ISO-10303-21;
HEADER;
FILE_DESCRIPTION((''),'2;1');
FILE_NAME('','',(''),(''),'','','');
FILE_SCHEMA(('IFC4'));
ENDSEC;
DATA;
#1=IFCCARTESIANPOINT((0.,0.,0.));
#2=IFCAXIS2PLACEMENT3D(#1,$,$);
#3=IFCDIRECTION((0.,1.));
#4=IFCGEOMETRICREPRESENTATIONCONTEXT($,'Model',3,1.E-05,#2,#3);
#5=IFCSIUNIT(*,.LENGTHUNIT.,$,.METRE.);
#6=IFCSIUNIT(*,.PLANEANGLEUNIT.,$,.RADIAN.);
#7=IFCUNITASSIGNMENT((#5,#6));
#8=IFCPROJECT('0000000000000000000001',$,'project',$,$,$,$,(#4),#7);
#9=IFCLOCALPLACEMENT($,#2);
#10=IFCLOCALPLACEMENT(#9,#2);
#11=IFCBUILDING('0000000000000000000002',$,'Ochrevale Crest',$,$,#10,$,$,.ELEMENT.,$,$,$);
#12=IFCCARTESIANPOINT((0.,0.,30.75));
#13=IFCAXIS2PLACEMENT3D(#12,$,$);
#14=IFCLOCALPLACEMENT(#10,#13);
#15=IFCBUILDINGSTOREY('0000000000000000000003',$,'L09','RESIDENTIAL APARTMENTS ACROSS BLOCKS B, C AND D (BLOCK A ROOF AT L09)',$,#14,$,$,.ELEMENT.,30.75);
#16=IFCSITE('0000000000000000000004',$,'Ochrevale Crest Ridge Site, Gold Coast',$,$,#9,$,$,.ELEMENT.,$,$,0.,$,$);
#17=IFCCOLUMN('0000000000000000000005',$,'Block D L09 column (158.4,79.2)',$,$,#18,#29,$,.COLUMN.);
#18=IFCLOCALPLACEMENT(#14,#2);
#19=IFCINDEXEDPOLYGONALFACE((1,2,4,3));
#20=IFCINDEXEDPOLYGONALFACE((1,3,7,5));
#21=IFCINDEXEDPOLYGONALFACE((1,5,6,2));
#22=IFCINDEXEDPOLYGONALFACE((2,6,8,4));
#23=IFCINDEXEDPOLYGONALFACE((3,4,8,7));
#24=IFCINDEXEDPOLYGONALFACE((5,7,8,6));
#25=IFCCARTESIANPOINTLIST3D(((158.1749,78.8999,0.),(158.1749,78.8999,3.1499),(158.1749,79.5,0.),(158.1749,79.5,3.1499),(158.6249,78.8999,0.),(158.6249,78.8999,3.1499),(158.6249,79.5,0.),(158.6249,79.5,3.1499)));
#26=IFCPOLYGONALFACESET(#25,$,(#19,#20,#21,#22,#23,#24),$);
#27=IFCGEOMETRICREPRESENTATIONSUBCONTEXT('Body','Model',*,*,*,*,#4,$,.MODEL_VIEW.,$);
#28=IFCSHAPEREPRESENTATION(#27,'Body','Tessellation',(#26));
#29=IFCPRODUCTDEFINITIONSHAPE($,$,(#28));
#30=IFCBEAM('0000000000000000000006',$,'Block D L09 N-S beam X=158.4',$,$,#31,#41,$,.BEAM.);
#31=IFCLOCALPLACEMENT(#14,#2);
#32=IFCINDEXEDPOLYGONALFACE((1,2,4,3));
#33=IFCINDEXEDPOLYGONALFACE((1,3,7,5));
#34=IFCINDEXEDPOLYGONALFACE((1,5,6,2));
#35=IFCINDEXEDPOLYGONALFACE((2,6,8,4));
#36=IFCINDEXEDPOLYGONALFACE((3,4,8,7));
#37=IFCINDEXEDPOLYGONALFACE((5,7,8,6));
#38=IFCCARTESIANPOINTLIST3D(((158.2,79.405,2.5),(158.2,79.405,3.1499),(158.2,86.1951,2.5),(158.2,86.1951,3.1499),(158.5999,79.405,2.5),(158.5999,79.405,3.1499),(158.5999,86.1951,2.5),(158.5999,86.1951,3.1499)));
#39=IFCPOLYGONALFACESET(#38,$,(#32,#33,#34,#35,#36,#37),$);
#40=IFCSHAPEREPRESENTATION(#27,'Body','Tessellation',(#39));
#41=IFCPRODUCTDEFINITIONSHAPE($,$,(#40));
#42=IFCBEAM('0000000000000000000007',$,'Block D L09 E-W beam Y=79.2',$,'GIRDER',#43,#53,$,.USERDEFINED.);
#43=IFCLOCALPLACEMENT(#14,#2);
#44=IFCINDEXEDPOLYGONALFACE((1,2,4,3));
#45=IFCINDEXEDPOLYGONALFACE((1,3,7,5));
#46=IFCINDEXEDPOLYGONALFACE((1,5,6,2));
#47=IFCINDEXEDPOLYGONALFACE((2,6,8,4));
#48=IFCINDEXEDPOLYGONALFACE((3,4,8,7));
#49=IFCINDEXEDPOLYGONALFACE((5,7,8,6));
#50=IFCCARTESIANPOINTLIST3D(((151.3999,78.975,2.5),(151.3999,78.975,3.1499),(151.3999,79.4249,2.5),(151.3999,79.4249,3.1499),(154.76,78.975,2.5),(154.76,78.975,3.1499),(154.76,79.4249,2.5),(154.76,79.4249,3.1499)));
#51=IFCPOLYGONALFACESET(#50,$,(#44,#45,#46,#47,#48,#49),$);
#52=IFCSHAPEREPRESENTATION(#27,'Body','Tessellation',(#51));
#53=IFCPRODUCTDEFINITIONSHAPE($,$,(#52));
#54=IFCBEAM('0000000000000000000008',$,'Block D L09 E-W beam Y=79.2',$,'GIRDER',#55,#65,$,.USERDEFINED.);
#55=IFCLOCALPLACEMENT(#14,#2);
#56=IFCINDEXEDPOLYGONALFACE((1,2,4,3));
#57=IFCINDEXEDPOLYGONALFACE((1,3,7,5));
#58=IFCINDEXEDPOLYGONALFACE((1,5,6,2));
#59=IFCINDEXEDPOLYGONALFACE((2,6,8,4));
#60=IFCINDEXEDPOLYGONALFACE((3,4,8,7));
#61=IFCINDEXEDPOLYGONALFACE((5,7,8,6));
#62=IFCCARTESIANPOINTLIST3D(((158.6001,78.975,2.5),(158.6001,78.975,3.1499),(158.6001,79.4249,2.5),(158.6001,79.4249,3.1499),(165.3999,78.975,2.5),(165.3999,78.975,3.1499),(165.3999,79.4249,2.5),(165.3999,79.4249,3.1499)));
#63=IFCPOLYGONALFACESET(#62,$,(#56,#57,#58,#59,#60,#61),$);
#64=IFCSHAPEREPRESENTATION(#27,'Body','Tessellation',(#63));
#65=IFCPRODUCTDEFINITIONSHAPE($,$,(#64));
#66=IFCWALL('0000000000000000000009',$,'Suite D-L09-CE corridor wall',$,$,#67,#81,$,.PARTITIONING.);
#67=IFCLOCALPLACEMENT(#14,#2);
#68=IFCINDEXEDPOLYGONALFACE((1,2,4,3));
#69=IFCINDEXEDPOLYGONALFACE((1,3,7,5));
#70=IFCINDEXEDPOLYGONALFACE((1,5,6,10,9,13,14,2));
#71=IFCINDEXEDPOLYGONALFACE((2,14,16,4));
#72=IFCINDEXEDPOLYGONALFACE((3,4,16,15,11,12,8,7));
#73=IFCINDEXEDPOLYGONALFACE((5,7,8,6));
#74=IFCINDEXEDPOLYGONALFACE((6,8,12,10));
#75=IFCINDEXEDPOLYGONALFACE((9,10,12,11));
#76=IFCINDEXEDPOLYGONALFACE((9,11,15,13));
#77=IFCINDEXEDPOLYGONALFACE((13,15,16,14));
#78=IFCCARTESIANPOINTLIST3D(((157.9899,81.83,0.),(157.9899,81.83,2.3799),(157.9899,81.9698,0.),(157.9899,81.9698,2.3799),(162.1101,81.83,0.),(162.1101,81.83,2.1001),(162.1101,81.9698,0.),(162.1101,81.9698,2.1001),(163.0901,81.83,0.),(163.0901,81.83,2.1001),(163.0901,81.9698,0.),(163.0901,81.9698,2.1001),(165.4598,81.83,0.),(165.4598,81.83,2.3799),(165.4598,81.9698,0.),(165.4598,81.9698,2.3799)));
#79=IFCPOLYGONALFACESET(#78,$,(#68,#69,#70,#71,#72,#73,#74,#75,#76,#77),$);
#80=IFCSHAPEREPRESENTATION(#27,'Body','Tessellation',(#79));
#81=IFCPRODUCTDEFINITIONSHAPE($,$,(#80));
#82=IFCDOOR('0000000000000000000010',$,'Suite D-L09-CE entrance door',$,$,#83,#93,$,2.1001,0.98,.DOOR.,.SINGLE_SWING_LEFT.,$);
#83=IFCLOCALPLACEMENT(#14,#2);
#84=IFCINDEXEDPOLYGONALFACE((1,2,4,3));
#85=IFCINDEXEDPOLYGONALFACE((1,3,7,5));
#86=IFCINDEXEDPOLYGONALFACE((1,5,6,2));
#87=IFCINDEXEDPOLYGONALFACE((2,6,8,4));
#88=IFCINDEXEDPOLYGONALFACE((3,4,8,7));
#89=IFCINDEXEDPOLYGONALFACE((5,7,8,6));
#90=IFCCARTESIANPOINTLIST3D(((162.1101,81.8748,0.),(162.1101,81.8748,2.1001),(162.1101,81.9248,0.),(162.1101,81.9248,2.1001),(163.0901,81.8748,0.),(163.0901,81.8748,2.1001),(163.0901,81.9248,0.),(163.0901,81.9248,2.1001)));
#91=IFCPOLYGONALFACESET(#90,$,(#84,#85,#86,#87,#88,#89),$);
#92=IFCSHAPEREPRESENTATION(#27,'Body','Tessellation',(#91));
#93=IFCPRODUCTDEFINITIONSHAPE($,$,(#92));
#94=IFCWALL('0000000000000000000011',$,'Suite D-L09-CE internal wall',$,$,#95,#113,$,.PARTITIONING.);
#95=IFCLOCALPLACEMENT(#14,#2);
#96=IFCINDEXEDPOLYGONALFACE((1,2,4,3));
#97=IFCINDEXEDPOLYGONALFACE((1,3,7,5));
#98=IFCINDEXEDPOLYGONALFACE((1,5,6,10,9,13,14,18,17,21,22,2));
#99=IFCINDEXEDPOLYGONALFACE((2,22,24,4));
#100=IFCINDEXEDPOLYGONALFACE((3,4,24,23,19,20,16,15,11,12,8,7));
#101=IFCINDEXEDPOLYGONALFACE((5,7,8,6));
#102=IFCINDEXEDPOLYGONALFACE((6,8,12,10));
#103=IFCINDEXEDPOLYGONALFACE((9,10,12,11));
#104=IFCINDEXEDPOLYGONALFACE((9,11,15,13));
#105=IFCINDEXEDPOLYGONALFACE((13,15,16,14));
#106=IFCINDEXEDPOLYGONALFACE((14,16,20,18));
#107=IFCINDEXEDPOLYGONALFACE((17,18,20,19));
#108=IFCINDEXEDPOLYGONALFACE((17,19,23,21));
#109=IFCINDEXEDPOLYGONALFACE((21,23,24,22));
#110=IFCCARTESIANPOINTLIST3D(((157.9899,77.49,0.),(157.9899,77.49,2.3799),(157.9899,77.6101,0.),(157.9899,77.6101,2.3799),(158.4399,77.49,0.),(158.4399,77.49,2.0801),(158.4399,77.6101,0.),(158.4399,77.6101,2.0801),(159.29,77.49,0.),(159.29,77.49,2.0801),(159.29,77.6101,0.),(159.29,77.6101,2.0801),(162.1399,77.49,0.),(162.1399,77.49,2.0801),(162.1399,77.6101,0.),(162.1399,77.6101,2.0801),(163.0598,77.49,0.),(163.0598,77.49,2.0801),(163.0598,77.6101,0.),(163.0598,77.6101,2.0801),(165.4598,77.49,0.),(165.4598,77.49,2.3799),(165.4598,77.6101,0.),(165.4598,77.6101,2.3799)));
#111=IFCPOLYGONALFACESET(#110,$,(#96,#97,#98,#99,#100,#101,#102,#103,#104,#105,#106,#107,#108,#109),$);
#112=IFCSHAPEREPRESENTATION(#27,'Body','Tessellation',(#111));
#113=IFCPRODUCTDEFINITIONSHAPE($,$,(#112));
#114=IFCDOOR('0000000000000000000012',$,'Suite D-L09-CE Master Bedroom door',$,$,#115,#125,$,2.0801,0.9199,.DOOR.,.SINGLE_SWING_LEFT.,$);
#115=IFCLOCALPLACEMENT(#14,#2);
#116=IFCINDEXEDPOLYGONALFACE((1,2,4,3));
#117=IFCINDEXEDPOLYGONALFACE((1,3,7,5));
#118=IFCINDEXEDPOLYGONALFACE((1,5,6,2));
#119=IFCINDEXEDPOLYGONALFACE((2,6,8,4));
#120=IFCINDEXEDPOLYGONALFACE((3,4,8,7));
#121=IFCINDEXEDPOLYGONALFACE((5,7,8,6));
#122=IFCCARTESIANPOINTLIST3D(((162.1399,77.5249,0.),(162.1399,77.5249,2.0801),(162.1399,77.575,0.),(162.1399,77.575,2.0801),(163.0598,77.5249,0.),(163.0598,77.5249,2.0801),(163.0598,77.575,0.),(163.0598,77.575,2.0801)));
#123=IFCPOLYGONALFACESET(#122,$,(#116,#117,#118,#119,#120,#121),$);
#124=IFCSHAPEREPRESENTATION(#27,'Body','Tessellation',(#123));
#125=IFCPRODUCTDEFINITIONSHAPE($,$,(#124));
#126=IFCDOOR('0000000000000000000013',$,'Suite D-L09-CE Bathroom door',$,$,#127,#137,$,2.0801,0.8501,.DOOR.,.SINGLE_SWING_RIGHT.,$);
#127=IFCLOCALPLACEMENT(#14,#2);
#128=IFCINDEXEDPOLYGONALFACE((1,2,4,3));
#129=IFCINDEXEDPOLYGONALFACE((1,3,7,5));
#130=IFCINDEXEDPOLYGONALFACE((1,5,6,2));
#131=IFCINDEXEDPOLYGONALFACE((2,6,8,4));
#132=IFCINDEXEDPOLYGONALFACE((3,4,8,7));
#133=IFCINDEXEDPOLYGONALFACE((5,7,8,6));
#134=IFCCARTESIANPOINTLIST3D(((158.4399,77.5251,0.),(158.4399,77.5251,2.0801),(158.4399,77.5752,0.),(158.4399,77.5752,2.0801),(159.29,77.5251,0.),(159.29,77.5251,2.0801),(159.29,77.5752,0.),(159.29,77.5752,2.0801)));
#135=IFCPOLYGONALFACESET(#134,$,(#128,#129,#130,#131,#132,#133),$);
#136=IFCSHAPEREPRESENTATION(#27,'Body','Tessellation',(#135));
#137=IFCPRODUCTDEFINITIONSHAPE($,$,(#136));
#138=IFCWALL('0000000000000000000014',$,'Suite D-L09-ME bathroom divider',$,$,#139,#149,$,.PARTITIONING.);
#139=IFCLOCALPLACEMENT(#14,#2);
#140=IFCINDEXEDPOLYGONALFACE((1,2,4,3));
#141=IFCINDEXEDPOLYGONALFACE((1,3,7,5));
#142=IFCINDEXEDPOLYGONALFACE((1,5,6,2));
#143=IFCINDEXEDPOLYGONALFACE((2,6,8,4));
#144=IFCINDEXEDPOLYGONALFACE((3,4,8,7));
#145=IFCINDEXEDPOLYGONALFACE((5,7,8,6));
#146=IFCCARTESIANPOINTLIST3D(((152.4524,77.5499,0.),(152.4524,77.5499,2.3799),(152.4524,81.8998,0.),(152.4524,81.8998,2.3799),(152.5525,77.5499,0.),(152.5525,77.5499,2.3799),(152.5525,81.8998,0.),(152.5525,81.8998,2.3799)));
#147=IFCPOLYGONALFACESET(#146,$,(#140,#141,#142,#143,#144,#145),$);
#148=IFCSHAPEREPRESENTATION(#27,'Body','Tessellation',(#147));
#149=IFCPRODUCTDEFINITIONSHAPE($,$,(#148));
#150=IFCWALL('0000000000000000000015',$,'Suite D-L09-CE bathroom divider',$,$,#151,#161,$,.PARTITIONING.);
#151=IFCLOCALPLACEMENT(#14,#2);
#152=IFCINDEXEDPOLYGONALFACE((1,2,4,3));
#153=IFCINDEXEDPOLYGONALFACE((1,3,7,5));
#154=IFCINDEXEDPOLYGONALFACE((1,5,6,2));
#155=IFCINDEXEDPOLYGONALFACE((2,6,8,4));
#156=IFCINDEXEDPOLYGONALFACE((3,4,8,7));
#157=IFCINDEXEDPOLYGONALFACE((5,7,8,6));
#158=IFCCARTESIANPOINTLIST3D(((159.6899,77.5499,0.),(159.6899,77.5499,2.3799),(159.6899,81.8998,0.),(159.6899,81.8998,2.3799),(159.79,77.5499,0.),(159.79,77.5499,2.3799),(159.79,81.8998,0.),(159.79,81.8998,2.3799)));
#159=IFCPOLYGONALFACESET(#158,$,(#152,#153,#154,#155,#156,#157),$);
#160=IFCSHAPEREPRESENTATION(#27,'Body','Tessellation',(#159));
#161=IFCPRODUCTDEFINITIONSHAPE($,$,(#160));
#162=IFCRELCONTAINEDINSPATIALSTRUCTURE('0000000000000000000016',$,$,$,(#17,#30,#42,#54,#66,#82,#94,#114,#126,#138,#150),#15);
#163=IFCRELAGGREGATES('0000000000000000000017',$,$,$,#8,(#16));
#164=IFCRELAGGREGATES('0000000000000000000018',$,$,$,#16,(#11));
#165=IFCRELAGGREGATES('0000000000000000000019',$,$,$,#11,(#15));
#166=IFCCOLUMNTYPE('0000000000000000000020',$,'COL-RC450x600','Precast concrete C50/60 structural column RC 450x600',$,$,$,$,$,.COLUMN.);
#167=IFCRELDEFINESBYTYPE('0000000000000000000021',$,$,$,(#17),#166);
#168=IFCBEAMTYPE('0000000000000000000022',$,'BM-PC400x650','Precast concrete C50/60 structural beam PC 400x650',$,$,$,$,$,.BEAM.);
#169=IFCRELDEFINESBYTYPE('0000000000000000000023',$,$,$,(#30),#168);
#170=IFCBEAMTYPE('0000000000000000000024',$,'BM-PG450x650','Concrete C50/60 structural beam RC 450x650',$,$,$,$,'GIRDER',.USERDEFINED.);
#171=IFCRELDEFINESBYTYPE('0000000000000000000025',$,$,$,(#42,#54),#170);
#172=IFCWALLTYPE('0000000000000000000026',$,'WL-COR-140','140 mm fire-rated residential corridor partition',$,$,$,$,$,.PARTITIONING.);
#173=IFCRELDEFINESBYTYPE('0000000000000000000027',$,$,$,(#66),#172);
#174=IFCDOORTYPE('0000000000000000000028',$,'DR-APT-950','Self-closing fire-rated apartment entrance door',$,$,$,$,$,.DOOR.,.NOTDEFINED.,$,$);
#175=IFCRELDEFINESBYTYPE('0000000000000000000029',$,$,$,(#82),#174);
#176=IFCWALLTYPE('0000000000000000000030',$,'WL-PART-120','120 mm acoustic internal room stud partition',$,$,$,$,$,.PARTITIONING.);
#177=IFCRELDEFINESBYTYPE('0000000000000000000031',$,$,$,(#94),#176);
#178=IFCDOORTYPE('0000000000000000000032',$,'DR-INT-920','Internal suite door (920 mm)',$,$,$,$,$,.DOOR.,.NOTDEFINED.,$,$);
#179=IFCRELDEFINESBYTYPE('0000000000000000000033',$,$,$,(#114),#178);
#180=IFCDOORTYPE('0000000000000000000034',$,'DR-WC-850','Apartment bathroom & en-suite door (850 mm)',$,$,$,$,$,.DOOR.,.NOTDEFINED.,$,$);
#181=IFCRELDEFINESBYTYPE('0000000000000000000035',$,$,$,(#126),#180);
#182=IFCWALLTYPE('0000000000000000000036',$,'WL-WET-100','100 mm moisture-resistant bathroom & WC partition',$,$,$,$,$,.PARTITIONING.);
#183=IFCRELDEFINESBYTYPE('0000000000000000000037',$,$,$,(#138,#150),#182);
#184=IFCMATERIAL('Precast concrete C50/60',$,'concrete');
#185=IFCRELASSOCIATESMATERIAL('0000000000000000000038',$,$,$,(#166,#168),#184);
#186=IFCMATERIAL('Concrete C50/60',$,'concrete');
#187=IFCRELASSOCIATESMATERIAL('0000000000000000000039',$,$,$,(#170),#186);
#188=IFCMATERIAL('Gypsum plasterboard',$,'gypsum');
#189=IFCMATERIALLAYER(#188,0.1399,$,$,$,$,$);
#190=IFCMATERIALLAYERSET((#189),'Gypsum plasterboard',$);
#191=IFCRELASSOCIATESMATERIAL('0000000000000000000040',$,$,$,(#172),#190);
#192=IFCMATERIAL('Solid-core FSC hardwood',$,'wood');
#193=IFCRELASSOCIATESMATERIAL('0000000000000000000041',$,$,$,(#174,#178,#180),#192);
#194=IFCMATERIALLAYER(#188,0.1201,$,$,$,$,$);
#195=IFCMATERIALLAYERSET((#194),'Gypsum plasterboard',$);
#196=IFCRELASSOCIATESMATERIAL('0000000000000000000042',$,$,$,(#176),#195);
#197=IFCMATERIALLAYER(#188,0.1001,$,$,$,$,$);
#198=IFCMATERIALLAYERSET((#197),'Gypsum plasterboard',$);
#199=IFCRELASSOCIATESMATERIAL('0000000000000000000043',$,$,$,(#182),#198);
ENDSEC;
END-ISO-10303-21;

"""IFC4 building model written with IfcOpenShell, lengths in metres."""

from ifc_helpers import new_model, si_unit, direction, frame, frame_2d, origin, origin_2d, place, context, subcontext, project, spatial, rectangle, extrude, material, layer, layer_set, material_profile, profile_set, type_object, element, fill, save


model = new_model("IFC4")

# Units and contexts
model_context = context("Model", 3, precision=1e-05, world=origin(), true_north=direction((0.0, 1.0)))
body_context = subcontext(model_context, "Body", "Model", "MODEL_VIEW")
ifc_project = project(units=[si_unit("LENGTHUNIT", "METRE"), si_unit("PLANEANGLEUNIT", "RADIAN")], contexts=[model_context])

# Site, building, storey
site_placement = place(None, origin())
site = spatial("IfcSite", under=ifc_project, at=site_placement, Name="Ochrevale Crest Ridge Site, Gold Coast", CompositionType="ELEMENT", RefElevation=0.0)
building_placement = place(site_placement, origin())
building = spatial("IfcBuilding", under=site, at=building_placement, Name="Ochrevale Crest", CompositionType="ELEMENT")
storey_placement = place(building_placement, frame((0.0, 0.0, 30.75)))
storey = spatial("IfcBuildingStorey", under=building, at=storey_placement, Name="L09", Description="RESIDENTIAL APARTMENTS ACROSS BLOCKS B, C AND D (BLOCK A ROOF AT L09)", CompositionType="ELEMENT", Elevation=30.75)

# Column
ifc_material_1 = material(Name="Precast concrete C50/60", Category="concrete")
ifc_material_profile_1 = material_profile(ifc_material_1, rectangle(XDim=0.45, YDim=0.6001, at=origin_2d()), Name="RC 450x600")
ifc_profile_set_1 = profile_set([ifc_material_profile_1], Name="Precast concrete C50/60")
column_type = type_object("IfcColumnType", Name="COL-RC450x600", Description="Precast concrete C50/60 structural column RC 450x600", PredefinedType="COLUMN", material=ifc_profile_set_1)
column_placement = place(storey_placement, frame((158.3999, 79.2, 0.0), z_axis=(0.0, 0.0, 1.0), x_axis=(1.0, 0.0, 0.0)))
element("IfcColumn", 1, at=column_placement, inside=storey, type_object=column_type, Name="Block D L09 column (158.4,79.2)", PredefinedType="COLUMN", context=body_context, shape_type="SweptSolid", body=[
    extrude(rectangle(XDim=0.45, YDim=0.6001, at=origin_2d()), origin(), (0.0, 0.0, 1.0), 3.1499),
])

# Beams
ifc_material_profile_2 = material_profile(ifc_material_1, rectangle(XDim=0.3999, YDim=0.6499, at=origin_2d()), Name="PC 400x650")
ifc_profile_set_2 = profile_set([ifc_material_profile_2], Name="Precast concrete C50/60")
beam_type_1 = type_object("IfcBeamType", Name="BM-PC400x650", Description="Precast concrete C50/60 structural beam PC 400x650", PredefinedType="BEAM", material=ifc_profile_set_2)
beam_1_placement = place(storey_placement, frame((158.3999, 79.405, 2.825), z_axis=(0.0, 1.0, 0.0), x_axis=(-1.0, 0.0, 0.0)))
element("IfcBeam", 2, at=beam_1_placement, inside=storey, type_object=beam_type_1, Name="Block D L09 N-S beam X=158.4", PredefinedType="BEAM", context=body_context, shape_type="SweptSolid", body=[
    extrude(rectangle(XDim=0.3999, YDim=0.6499, at=origin_2d()), origin(), (0.0, 0.0, 1.0), 6.79),
])
ifc_material_2 = material(Name="Concrete C50/60", Category="concrete")
ifc_material_profile_3 = material_profile(ifc_material_2, rectangle(XDim=0.45, YDim=0.6499, at=origin_2d()), Name="RC 450x650")
ifc_profile_set_3 = profile_set([ifc_material_profile_3], Name="Concrete C50/60")
beam_type_2 = type_object("IfcBeamType", Name="BM-PG450x650", Description="Concrete C50/60 structural beam RC 450x650", ElementType="GIRDER", PredefinedType="USERDEFINED", material=ifc_profile_set_3)
beam_2_placement = place(storey_placement, frame((151.3999, 79.2, 2.825), z_axis=(1.0, 0.0, 0.0), x_axis=(0.0, 1.0, 0.0)))
element("IfcBeam", 3, at=beam_2_placement, inside=storey, type_object=beam_type_2, Name="Block D L09 E-W beam Y=79.2", ObjectType="GIRDER", PredefinedType="USERDEFINED", context=body_context, shape_type="SweptSolid", body=[
    extrude(rectangle(XDim=0.45, YDim=0.6499, at=origin_2d()), origin(), (0.0, 0.0, 1.0), 3.3601),
])
beam_3_placement = place(storey_placement, frame((158.6001, 79.2, 2.825), z_axis=(1.0, 0.0, 0.0), x_axis=(0.0, 1.0, 0.0)))
element("IfcBeam", 4, at=beam_3_placement, inside=storey, type_object=beam_type_2, Name="Block D L09 E-W beam Y=79.2", ObjectType="GIRDER", PredefinedType="USERDEFINED", context=body_context, shape_type="SweptSolid", body=[
    extrude(rectangle(XDim=0.45, YDim=0.6499, at=origin_2d()), origin(), (0.0, 0.0, 1.0), 6.7998),
])

# Wall, opening, door
ifc_material_3 = material(Name="Gypsum plasterboard", Category="gypsum")
ifc_layer_1 = layer(ifc_material_3, 0.1399)
ifc_layer_set_1 = layer_set([ifc_layer_1], Name="Gypsum plasterboard")
wall_type_1 = type_object("IfcWallType", Name="WL-COR-140", Description="140 mm fire-rated residential corridor partition", PredefinedType="PARTITIONING", material=ifc_layer_set_1)
wall_1_placement = place(storey_placement, frame((157.99, 81.8999, 0.0), z_axis=(0.0, 0.0, 1.0), x_axis=(1.0, 0.0, 0.0)))
wall_1 = element("IfcWall", 5, at=wall_1_placement, inside=storey, type_object=wall_type_1, Name="Suite D-L09-CE corridor wall", PredefinedType="PARTITIONING", context=body_context, shape_type="SweptSolid", body=[
    extrude(rectangle(XDim=7.47, YDim=0.1399, at=frame_2d((3.7349, 0.0))), origin(), (0.0, 0.0, 1.0), 2.3799),
])
opening_1_placement = place(wall_1_placement, frame((4.1201, 0.0, 0.0)))
opening_1 = element("IfcOpeningElement", 6, at=opening_1_placement, cuts=wall_1, PredefinedType="OPENING", context=body_context, shape_type="SweptSolid", body=[
    extrude(rectangle(XDim=0.98, YDim=2.1001, at=frame_2d((0.49, 1.05))), frame((0.0, 0.0801, 0.0), z_axis=(0.0, -1.0, 0.0), x_axis=(1.0, 0.0, 0.0)), (0.0, 0.0, 1.0), 0.1599),
])
ifc_material_4 = material(Name="Solid-core FSC hardwood", Category="wood")
door_type_1 = type_object("IfcDoorType", Name="DR-APT-950", Description="Self-closing fire-rated apartment entrance door", OperationType="NOTDEFINED", PredefinedType="DOOR", material=ifc_material_4)
door_1_placement = place(opening_1_placement, origin())
door_1 = element("IfcDoor", 7, at=door_1_placement, inside=storey, type_object=door_type_1, Name="Suite D-L09-CE entrance door", OperationType="SINGLE_SWING_LEFT", OverallHeight=2.1001, OverallWidth=0.98, PredefinedType="DOOR", context=body_context, shape_type="SweptSolid", body=[
    extrude(rectangle(XDim=0.98, YDim=2.1001, at=frame_2d((0.49, 1.05))), frame((0.0, 0.0249, 0.0), z_axis=(0.0, -1.0, 0.0), x_axis=(1.0, 0.0, 0.0)), (0.0, 0.0, 1.0), 0.05),
])
fill(opening_1, door_1)

# Wall, openings, doors
ifc_layer_2 = layer(ifc_material_3, 0.1201)
ifc_layer_set_2 = layer_set([ifc_layer_2], Name="Gypsum plasterboard")
wall_type_2 = type_object("IfcWallType", Name="WL-PART-120", Description="120 mm acoustic internal room stud partition", PredefinedType="PARTITIONING", material=ifc_layer_set_2)
wall_2_placement = place(storey_placement, frame((157.99, 77.55, 0.0), z_axis=(0.0, 0.0, 1.0), x_axis=(1.0, 0.0, 0.0)))
wall_2 = element("IfcWall", 8, at=wall_2_placement, inside=storey, type_object=wall_type_2, Name="Suite D-L09-CE internal wall", PredefinedType="PARTITIONING", context=body_context, shape_type="SweptSolid", body=[
    extrude(rectangle(XDim=7.47, YDim=0.1201, at=frame_2d((3.7349, 0.0))), origin(), (0.0, 0.0, 1.0), 2.3799),
])
opening_2_placement = place(wall_2_placement, frame((1.3, 0.0, 0.0), z_axis=(0.0, 0.0, 1.0), x_axis=(-1.0, 0.0, 0.0)))
opening_2 = element("IfcOpeningElement", 9, at=opening_2_placement, cuts=wall_2, PredefinedType="OPENING", context=body_context, shape_type="SweptSolid", body=[
    extrude(rectangle(XDim=0.8501, YDim=2.0801, at=frame_2d((0.425, 1.04))), frame((0.0, 0.0701, 0.0), z_axis=(0.0, -1.0, 0.0), x_axis=(1.0, 0.0, 0.0)), (0.0, 0.0, 1.0), 0.1401),
])
opening_3_placement = place(wall_2_placement, frame((4.1499, 0.0, 0.0)))
opening_3 = element("IfcOpeningElement", 10, at=opening_3_placement, cuts=wall_2, PredefinedType="OPENING", context=body_context, shape_type="SweptSolid", body=[
    extrude(rectangle(XDim=0.9199, YDim=2.0801, at=frame_2d((0.46, 1.04))), frame((0.0, 0.0701, 0.0), z_axis=(0.0, -1.0, 0.0), x_axis=(1.0, 0.0, 0.0)), (0.0, 0.0, 1.0), 0.1401),
])
door_type_2 = type_object("IfcDoorType", Name="DR-INT-920", Description="Internal suite door (920 mm)", OperationType="NOTDEFINED", PredefinedType="DOOR", material=ifc_material_4)
door_2_placement = place(opening_3_placement, origin())
door_2 = element("IfcDoor", 11, at=door_2_placement, inside=storey, type_object=door_type_2, Name="Suite D-L09-CE Master Bedroom door", OperationType="SINGLE_SWING_LEFT", OverallHeight=2.0801, OverallWidth=0.9199, PredefinedType="DOOR", context=body_context, shape_type="SweptSolid", body=[
    extrude(rectangle(XDim=0.9199, YDim=2.0801, at=frame_2d((0.46, 1.04))), frame((0.0, 0.0249, 0.0), z_axis=(0.0, -1.0, 0.0), x_axis=(1.0, 0.0, 0.0)), (0.0, 0.0, 1.0), 0.05),
])
fill(opening_3, door_2)
door_type_3 = type_object("IfcDoorType", Name="DR-WC-850", Description="Apartment bathroom & en-suite door (850 mm)", OperationType="NOTDEFINED", PredefinedType="DOOR", material=ifc_material_4)
door_3_placement = place(opening_2_placement, origin())
door_3 = element("IfcDoor", 12, at=door_3_placement, inside=storey, type_object=door_type_3, Name="Suite D-L09-CE Bathroom door", OperationType="SINGLE_SWING_RIGHT", OverallHeight=2.0801, OverallWidth=0.8501, PredefinedType="DOOR", context=body_context, shape_type="SweptSolid", body=[
    extrude(rectangle(XDim=0.8501, YDim=2.0801, at=frame_2d((0.425, 1.04))), frame((0.0, 0.0249, 0.0), z_axis=(0.0, -1.0, 0.0), x_axis=(1.0, 0.0, 0.0)), (0.0, 0.0, 1.0), 0.05),
])
fill(opening_2, door_3)

# Walls
ifc_layer_3 = layer(ifc_material_3, 0.1001)
ifc_layer_set_3 = layer_set([ifc_layer_3], Name="Gypsum plasterboard")
wall_type_3 = type_object("IfcWallType", Name="WL-WET-100", Description="100 mm moisture-resistant bathroom & WC partition", PredefinedType="PARTITIONING", material=ifc_layer_set_3)
for number, where, z_axis, x_axis, name in (
    (13, (152.5024, 77.55, 0.0), (0.0, 0.0, 1.0), (0.0, 1.0, 0.0), "Suite D-L09-ME bathroom divider"),
    (14, (159.74, 77.55, 0.0), (0.0, 0.0, 1.0), (0.0, 1.0, 0.0), "Suite D-L09-CE bathroom divider"),
):
    element("IfcWall", number, at=place(storey_placement, frame(where, z_axis=z_axis, x_axis=x_axis)), inside=storey, type_object=wall_type_3, Name=name, PredefinedType="PARTITIONING", context=body_context, shape_type="SweptSolid", body=[
        extrude(rectangle(XDim=4.3499, YDim=0.1001, at=frame_2d((2.1748, 0.0))), origin(), (0.0, 0.0, 1.0), 2.3799),
    ])

save(model, "model.ifc")
